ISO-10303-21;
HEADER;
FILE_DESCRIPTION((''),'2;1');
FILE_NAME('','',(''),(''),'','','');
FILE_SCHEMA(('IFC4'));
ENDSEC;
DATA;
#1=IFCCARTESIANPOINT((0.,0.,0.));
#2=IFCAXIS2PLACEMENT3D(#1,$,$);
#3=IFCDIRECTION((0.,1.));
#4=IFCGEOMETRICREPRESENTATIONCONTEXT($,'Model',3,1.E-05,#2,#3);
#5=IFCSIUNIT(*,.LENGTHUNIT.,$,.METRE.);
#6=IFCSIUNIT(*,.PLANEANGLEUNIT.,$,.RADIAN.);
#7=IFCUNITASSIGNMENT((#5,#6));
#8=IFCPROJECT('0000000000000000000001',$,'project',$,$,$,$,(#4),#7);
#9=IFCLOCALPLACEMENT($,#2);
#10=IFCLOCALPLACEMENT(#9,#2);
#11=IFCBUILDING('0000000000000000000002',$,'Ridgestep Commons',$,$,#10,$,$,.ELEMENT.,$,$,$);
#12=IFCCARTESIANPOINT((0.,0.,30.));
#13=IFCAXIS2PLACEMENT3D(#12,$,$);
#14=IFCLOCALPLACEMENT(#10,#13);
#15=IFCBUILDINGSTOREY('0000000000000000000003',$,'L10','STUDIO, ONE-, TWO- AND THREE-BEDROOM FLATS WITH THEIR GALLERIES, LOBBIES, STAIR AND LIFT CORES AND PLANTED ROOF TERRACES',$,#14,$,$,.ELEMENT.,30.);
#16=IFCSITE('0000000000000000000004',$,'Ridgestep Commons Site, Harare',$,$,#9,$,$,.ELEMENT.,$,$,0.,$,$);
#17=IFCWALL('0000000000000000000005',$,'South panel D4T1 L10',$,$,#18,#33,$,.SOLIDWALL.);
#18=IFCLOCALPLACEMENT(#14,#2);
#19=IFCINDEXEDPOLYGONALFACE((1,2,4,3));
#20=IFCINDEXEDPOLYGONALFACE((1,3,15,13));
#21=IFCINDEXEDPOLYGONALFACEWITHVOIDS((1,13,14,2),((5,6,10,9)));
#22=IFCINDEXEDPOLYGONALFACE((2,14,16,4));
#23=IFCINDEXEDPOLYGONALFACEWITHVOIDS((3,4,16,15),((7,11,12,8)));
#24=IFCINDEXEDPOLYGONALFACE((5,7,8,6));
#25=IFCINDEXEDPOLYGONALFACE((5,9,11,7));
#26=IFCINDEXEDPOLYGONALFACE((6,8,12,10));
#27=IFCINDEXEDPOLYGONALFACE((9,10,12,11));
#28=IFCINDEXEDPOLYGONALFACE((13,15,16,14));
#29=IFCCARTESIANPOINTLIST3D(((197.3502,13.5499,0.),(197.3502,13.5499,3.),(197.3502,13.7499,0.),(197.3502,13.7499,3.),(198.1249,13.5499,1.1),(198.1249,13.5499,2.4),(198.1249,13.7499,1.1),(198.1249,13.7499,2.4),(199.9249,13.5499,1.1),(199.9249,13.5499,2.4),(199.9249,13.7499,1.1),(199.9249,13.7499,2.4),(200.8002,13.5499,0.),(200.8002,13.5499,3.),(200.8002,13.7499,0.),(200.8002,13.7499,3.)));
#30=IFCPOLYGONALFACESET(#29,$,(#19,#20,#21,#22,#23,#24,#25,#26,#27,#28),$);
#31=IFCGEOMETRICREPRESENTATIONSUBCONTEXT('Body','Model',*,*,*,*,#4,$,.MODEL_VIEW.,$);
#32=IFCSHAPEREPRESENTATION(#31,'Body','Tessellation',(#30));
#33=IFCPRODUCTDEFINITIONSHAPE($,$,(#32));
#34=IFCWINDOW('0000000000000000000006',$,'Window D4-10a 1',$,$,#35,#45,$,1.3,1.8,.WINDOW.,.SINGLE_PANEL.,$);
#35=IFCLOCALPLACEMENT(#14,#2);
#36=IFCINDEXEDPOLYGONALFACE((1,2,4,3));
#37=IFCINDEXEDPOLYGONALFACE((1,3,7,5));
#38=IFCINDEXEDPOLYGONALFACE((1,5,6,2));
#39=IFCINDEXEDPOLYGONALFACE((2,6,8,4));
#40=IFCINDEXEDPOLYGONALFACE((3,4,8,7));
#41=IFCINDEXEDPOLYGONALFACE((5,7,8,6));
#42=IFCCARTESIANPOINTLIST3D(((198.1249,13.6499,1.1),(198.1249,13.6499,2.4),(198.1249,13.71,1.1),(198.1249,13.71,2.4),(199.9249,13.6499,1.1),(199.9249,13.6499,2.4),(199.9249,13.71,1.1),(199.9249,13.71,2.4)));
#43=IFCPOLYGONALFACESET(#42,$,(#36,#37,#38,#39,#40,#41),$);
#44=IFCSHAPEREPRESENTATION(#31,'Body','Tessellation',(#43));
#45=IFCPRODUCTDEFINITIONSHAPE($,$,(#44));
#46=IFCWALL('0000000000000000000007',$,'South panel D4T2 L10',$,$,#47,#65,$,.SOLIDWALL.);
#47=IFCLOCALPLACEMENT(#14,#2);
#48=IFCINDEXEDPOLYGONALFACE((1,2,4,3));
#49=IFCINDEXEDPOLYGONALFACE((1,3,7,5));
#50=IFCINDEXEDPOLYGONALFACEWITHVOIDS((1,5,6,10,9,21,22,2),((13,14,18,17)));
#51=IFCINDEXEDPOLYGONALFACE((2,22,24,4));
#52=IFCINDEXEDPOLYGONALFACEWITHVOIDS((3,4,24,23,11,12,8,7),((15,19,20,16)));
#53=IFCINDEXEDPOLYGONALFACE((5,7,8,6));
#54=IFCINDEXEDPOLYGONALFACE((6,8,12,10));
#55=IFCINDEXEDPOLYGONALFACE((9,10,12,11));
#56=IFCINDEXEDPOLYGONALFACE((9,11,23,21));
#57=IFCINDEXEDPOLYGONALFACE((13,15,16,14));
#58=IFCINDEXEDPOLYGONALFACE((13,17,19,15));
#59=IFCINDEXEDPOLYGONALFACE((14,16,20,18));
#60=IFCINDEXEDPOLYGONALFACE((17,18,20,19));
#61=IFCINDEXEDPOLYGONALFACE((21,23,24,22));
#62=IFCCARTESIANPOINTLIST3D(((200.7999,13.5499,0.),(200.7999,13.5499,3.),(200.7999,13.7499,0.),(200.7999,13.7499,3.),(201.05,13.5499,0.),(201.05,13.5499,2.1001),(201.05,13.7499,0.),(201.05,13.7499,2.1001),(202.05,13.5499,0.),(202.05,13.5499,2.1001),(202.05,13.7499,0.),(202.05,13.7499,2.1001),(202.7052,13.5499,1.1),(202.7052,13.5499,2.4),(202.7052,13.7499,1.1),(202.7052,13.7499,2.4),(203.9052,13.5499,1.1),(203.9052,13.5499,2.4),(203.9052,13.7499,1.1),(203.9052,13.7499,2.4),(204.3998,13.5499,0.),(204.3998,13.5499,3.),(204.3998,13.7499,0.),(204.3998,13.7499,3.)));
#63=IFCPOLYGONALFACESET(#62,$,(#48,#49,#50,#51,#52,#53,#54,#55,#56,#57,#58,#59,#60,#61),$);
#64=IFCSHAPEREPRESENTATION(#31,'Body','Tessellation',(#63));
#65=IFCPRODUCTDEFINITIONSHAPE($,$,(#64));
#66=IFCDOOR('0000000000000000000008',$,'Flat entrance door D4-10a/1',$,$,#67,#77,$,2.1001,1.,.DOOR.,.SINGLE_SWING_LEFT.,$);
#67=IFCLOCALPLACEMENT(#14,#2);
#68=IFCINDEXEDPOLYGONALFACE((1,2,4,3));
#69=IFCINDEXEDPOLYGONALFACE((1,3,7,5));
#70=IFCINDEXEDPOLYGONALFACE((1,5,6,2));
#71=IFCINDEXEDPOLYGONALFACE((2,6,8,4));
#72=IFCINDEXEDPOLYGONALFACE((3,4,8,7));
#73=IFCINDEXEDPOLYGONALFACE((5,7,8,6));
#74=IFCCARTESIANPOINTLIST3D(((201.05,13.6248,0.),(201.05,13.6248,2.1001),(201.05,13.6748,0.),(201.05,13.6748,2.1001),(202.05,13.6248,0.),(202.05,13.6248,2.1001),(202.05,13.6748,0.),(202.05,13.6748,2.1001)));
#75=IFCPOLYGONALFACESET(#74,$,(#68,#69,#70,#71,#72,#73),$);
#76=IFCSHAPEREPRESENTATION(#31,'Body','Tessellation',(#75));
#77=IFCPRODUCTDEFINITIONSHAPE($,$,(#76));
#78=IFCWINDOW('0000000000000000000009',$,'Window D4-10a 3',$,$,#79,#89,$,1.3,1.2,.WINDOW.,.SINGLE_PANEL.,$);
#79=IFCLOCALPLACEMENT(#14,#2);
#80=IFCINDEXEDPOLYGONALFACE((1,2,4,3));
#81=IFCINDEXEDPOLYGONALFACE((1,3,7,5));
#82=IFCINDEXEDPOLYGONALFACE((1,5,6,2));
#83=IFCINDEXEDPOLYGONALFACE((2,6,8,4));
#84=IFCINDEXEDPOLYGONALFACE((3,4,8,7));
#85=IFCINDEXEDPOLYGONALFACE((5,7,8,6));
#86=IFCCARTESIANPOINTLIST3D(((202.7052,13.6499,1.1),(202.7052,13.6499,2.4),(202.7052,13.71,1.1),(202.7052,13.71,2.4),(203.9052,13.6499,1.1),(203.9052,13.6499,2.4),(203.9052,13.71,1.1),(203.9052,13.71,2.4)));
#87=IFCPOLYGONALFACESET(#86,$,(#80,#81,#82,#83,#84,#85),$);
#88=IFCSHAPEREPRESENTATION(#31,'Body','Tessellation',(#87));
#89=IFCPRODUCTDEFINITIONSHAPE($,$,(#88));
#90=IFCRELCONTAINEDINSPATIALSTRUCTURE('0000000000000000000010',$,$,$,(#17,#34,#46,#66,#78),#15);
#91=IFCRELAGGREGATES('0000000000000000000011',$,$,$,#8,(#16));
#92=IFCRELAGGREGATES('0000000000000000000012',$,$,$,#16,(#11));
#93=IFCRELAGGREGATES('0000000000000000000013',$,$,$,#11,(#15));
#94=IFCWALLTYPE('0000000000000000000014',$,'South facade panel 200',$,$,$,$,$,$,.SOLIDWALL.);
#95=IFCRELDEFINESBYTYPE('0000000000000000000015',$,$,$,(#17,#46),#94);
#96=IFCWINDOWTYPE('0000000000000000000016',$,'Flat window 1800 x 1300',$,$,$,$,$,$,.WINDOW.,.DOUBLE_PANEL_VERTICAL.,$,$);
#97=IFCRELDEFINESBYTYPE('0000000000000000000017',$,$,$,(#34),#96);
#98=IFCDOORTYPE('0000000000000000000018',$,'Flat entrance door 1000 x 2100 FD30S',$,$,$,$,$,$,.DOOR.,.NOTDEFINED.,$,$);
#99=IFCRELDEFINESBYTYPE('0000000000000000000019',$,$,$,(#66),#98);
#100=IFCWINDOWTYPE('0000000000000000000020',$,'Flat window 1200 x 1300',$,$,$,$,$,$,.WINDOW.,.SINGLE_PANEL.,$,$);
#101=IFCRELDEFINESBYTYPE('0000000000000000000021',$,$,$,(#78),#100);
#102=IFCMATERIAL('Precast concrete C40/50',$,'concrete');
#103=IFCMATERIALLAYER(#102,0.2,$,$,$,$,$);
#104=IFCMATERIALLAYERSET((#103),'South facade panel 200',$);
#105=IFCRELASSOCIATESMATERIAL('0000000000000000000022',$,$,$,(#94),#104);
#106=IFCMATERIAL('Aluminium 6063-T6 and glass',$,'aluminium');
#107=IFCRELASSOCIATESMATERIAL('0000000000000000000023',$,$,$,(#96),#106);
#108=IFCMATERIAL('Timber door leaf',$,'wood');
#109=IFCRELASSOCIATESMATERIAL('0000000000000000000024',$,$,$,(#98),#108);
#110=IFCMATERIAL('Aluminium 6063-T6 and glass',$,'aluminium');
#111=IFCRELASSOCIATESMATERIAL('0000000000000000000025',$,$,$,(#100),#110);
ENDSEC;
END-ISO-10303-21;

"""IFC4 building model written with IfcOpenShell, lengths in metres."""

from ifc_helpers import new_model, si_unit, direction, frame, frame_2d, origin, place, context, subcontext, project, spatial, rectangle, extrude, material, layer, layer_set, type_object, element, fill, save


model = new_model("IFC4")

# Units and contexts
model_context = context("Model", 3, precision=1e-05, world=origin(), true_north=direction((0.0, 1.0)))
body_context = subcontext(model_context, "Body", "Model", "MODEL_VIEW")
ifc_project = project(units=[si_unit("LENGTHUNIT", "METRE"), si_unit("PLANEANGLEUNIT", "RADIAN")], contexts=[model_context])

# Site, building, storey
site_placement = place(None, origin())
site = spatial("IfcSite", under=ifc_project, at=site_placement, Name="Ridgestep Commons Site, Harare", CompositionType="ELEMENT", RefElevation=0.0)
building_placement = place(site_placement, origin())
building = spatial("IfcBuilding", under=site, at=building_placement, Name="Ridgestep Commons", CompositionType="ELEMENT")
storey_placement = place(building_placement, frame((0.0, 0.0, 30.0)))
storey = spatial("IfcBuildingStorey", under=building, at=storey_placement, Name="L10", Description="STUDIO, ONE-, TWO- AND THREE-BEDROOM FLATS WITH THEIR GALLERIES, LOBBIES, STAIR AND LIFT CORES AND PLANTED ROOF TERRACES", CompositionType="ELEMENT", Elevation=30.0)

# Wall, opening, window
ifc_material_1 = material(Name="Precast concrete C40/50", Category="concrete")
ifc_layer_1 = layer(ifc_material_1, 0.2)
ifc_layer_set_1 = layer_set([ifc_layer_1], Name="South facade panel 200")
wall_type_1 = type_object("IfcWallType", Name="South facade panel 200", PredefinedType="SOLIDWALL", material=ifc_layer_set_1)
wall_1_placement = place(storey_placement, frame((197.3501, 13.6499, 0.0), z_axis=(0.0, 0.0, 1.0), x_axis=(1.0, 0.0, 0.0)))
wall_1 = element("IfcWall", 1, at=wall_1_placement, inside=storey, type_object=wall_type_1, Name="South panel D4T1 L10", PredefinedType="SOLIDWALL", context=body_context, shape_type="SweptSolid", body=[
    extrude(rectangle(XDim=3.45, YDim=0.2, at=frame_2d((1.7251, 0.0))), origin(), (0.0, 0.0, 1.0), 3.0),
])
opening_1_placement = place(wall_1_placement, frame((0.7749, 0.0, 1.1001)))
opening_1 = element("IfcOpeningElement", 2, at=opening_1_placement, cuts=wall_1, PredefinedType="OPENING", context=body_context, shape_type="SweptSolid", body=[
    extrude(rectangle(XDim=1.8, YDim=1.3, at=frame_2d((0.8999, 0.6499))), frame((0.0, 0.1099, 0.0), z_axis=(0.0, -1.0, 0.0), x_axis=(1.0, 0.0, 0.0)), (0.0, 0.0, 1.0), 0.22),
])
ifc_material_2 = material(Name="Aluminium 6063-T6 and glass", Category="aluminium")
window_type_1 = type_object("IfcWindowType", Name="Flat window 1800 x 1300", PartitioningType="DOUBLE_PANEL_VERTICAL", PredefinedType="WINDOW", material=ifc_material_2)
window_1_placement = place(opening_1_placement, origin())
window_1 = element("IfcWindow", 3, at=window_1_placement, inside=storey, type_object=window_type_1, Name="Window D4-10a 1", OverallHeight=1.3, OverallWidth=1.8, PartitioningType="SINGLE_PANEL", PredefinedType="WINDOW", context=body_context, shape_type="SweptSolid", body=[
    extrude(rectangle(XDim=1.8, YDim=1.3, at=frame_2d((0.8999, 0.6499))), frame((0.0, 0.0601, 0.0), z_axis=(0.0, -1.0, 0.0), x_axis=(1.0, 0.0, 0.0)), (0.0, 0.0, 1.0), 0.0601),
])
fill(opening_1, window_1)

# Wall, openings, door, window
wall_2_placement = place(storey_placement, frame((200.8, 13.6499, 0.0), z_axis=(0.0, 0.0, 1.0), x_axis=(1.0, 0.0, 0.0)))
wall_2 = element("IfcWall", 4, at=wall_2_placement, inside=storey, type_object=wall_type_1, Name="South panel D4T2 L10", PredefinedType="SOLIDWALL", context=body_context, shape_type="SweptSolid", body=[
    extrude(rectangle(XDim=3.5999, YDim=0.2, at=frame_2d((1.7998, 0.0))), origin(), (0.0, 0.0, 1.0), 3.0),
])
opening_2_placement = place(wall_2_placement, frame((1.905, 0.0, 1.1001)))
opening_2 = element("IfcOpeningElement", 5, at=opening_2_placement, cuts=wall_2, PredefinedType="OPENING", context=body_context, shape_type="SweptSolid", body=[
    extrude(rectangle(XDim=1.2, YDim=1.3, at=frame_2d((0.6001, 0.6499))), frame((0.0, 0.1099, 0.0), z_axis=(0.0, -1.0, 0.0), x_axis=(1.0, 0.0, 0.0)), (0.0, 0.0, 1.0), 0.22),
])
opening_3_placement = place(wall_2_placement, frame((0.25, 0.0, 0.0)))
opening_3 = element("IfcOpeningElement", 6, at=opening_3_placement, cuts=wall_2, PredefinedType="OPENING", context=body_context, shape_type="SweptSolid", body=[
    extrude(rectangle(XDim=1.0, YDim=2.1001, at=frame_2d((0.5, 1.05))), frame((0.0, 0.1099, 0.0), z_axis=(0.0, -1.0, 0.0), x_axis=(1.0, 0.0, 0.0)), (0.0, 0.0, 1.0), 0.22),
])
ifc_material_3 = material(Name="Timber door leaf", Category="wood")
door_type_1 = type_object("IfcDoorType", Name="Flat entrance door 1000 x 2100 FD30S", OperationType="NOTDEFINED", PredefinedType="DOOR", material=ifc_material_3)
door_1_placement = place(opening_3_placement, origin())
door_1 = element("IfcDoor", 7, at=door_1_placement, inside=storey, type_object=door_type_1, Name="Flat entrance door D4-10a/1", OperationType="SINGLE_SWING_LEFT", OverallHeight=2.1001, OverallWidth=1.0, PredefinedType="DOOR", context=body_context, shape_type="SweptSolid", body=[
    extrude(rectangle(XDim=1.0, YDim=2.1001, at=frame_2d((0.5, 1.05))), frame((0.0, 0.0249, 0.0), z_axis=(0.0, -1.0, 0.0), x_axis=(1.0, 0.0, 0.0)), (0.0, 0.0, 1.0), 0.05),
])
fill(opening_3, door_1)
ifc_material_4 = material(Name="Aluminium 6063-T6 and glass", Category="aluminium")
window_type_2 = type_object("IfcWindowType", Name="Flat window 1200 x 1300", PartitioningType="SINGLE_PANEL", PredefinedType="WINDOW", material=ifc_material_4)
window_2_placement = place(opening_2_placement, origin())
window_2 = element("IfcWindow", 8, at=window_2_placement, inside=storey, type_object=window_type_2, Name="Window D4-10a 3", OverallHeight=1.3, OverallWidth=1.2, PartitioningType="SINGLE_PANEL", PredefinedType="WINDOW", context=body_context, shape_type="SweptSolid", body=[
    extrude(rectangle(XDim=1.2, YDim=1.3, at=frame_2d((0.6001, 0.6499))), frame((0.0, 0.0601, 0.0), z_axis=(0.0, -1.0, 0.0), x_axis=(1.0, 0.0, 0.0)), (0.0, 0.0, 1.0), 0.0601),
])
fill(opening_2, window_2)

save(model, "model.ifc")
